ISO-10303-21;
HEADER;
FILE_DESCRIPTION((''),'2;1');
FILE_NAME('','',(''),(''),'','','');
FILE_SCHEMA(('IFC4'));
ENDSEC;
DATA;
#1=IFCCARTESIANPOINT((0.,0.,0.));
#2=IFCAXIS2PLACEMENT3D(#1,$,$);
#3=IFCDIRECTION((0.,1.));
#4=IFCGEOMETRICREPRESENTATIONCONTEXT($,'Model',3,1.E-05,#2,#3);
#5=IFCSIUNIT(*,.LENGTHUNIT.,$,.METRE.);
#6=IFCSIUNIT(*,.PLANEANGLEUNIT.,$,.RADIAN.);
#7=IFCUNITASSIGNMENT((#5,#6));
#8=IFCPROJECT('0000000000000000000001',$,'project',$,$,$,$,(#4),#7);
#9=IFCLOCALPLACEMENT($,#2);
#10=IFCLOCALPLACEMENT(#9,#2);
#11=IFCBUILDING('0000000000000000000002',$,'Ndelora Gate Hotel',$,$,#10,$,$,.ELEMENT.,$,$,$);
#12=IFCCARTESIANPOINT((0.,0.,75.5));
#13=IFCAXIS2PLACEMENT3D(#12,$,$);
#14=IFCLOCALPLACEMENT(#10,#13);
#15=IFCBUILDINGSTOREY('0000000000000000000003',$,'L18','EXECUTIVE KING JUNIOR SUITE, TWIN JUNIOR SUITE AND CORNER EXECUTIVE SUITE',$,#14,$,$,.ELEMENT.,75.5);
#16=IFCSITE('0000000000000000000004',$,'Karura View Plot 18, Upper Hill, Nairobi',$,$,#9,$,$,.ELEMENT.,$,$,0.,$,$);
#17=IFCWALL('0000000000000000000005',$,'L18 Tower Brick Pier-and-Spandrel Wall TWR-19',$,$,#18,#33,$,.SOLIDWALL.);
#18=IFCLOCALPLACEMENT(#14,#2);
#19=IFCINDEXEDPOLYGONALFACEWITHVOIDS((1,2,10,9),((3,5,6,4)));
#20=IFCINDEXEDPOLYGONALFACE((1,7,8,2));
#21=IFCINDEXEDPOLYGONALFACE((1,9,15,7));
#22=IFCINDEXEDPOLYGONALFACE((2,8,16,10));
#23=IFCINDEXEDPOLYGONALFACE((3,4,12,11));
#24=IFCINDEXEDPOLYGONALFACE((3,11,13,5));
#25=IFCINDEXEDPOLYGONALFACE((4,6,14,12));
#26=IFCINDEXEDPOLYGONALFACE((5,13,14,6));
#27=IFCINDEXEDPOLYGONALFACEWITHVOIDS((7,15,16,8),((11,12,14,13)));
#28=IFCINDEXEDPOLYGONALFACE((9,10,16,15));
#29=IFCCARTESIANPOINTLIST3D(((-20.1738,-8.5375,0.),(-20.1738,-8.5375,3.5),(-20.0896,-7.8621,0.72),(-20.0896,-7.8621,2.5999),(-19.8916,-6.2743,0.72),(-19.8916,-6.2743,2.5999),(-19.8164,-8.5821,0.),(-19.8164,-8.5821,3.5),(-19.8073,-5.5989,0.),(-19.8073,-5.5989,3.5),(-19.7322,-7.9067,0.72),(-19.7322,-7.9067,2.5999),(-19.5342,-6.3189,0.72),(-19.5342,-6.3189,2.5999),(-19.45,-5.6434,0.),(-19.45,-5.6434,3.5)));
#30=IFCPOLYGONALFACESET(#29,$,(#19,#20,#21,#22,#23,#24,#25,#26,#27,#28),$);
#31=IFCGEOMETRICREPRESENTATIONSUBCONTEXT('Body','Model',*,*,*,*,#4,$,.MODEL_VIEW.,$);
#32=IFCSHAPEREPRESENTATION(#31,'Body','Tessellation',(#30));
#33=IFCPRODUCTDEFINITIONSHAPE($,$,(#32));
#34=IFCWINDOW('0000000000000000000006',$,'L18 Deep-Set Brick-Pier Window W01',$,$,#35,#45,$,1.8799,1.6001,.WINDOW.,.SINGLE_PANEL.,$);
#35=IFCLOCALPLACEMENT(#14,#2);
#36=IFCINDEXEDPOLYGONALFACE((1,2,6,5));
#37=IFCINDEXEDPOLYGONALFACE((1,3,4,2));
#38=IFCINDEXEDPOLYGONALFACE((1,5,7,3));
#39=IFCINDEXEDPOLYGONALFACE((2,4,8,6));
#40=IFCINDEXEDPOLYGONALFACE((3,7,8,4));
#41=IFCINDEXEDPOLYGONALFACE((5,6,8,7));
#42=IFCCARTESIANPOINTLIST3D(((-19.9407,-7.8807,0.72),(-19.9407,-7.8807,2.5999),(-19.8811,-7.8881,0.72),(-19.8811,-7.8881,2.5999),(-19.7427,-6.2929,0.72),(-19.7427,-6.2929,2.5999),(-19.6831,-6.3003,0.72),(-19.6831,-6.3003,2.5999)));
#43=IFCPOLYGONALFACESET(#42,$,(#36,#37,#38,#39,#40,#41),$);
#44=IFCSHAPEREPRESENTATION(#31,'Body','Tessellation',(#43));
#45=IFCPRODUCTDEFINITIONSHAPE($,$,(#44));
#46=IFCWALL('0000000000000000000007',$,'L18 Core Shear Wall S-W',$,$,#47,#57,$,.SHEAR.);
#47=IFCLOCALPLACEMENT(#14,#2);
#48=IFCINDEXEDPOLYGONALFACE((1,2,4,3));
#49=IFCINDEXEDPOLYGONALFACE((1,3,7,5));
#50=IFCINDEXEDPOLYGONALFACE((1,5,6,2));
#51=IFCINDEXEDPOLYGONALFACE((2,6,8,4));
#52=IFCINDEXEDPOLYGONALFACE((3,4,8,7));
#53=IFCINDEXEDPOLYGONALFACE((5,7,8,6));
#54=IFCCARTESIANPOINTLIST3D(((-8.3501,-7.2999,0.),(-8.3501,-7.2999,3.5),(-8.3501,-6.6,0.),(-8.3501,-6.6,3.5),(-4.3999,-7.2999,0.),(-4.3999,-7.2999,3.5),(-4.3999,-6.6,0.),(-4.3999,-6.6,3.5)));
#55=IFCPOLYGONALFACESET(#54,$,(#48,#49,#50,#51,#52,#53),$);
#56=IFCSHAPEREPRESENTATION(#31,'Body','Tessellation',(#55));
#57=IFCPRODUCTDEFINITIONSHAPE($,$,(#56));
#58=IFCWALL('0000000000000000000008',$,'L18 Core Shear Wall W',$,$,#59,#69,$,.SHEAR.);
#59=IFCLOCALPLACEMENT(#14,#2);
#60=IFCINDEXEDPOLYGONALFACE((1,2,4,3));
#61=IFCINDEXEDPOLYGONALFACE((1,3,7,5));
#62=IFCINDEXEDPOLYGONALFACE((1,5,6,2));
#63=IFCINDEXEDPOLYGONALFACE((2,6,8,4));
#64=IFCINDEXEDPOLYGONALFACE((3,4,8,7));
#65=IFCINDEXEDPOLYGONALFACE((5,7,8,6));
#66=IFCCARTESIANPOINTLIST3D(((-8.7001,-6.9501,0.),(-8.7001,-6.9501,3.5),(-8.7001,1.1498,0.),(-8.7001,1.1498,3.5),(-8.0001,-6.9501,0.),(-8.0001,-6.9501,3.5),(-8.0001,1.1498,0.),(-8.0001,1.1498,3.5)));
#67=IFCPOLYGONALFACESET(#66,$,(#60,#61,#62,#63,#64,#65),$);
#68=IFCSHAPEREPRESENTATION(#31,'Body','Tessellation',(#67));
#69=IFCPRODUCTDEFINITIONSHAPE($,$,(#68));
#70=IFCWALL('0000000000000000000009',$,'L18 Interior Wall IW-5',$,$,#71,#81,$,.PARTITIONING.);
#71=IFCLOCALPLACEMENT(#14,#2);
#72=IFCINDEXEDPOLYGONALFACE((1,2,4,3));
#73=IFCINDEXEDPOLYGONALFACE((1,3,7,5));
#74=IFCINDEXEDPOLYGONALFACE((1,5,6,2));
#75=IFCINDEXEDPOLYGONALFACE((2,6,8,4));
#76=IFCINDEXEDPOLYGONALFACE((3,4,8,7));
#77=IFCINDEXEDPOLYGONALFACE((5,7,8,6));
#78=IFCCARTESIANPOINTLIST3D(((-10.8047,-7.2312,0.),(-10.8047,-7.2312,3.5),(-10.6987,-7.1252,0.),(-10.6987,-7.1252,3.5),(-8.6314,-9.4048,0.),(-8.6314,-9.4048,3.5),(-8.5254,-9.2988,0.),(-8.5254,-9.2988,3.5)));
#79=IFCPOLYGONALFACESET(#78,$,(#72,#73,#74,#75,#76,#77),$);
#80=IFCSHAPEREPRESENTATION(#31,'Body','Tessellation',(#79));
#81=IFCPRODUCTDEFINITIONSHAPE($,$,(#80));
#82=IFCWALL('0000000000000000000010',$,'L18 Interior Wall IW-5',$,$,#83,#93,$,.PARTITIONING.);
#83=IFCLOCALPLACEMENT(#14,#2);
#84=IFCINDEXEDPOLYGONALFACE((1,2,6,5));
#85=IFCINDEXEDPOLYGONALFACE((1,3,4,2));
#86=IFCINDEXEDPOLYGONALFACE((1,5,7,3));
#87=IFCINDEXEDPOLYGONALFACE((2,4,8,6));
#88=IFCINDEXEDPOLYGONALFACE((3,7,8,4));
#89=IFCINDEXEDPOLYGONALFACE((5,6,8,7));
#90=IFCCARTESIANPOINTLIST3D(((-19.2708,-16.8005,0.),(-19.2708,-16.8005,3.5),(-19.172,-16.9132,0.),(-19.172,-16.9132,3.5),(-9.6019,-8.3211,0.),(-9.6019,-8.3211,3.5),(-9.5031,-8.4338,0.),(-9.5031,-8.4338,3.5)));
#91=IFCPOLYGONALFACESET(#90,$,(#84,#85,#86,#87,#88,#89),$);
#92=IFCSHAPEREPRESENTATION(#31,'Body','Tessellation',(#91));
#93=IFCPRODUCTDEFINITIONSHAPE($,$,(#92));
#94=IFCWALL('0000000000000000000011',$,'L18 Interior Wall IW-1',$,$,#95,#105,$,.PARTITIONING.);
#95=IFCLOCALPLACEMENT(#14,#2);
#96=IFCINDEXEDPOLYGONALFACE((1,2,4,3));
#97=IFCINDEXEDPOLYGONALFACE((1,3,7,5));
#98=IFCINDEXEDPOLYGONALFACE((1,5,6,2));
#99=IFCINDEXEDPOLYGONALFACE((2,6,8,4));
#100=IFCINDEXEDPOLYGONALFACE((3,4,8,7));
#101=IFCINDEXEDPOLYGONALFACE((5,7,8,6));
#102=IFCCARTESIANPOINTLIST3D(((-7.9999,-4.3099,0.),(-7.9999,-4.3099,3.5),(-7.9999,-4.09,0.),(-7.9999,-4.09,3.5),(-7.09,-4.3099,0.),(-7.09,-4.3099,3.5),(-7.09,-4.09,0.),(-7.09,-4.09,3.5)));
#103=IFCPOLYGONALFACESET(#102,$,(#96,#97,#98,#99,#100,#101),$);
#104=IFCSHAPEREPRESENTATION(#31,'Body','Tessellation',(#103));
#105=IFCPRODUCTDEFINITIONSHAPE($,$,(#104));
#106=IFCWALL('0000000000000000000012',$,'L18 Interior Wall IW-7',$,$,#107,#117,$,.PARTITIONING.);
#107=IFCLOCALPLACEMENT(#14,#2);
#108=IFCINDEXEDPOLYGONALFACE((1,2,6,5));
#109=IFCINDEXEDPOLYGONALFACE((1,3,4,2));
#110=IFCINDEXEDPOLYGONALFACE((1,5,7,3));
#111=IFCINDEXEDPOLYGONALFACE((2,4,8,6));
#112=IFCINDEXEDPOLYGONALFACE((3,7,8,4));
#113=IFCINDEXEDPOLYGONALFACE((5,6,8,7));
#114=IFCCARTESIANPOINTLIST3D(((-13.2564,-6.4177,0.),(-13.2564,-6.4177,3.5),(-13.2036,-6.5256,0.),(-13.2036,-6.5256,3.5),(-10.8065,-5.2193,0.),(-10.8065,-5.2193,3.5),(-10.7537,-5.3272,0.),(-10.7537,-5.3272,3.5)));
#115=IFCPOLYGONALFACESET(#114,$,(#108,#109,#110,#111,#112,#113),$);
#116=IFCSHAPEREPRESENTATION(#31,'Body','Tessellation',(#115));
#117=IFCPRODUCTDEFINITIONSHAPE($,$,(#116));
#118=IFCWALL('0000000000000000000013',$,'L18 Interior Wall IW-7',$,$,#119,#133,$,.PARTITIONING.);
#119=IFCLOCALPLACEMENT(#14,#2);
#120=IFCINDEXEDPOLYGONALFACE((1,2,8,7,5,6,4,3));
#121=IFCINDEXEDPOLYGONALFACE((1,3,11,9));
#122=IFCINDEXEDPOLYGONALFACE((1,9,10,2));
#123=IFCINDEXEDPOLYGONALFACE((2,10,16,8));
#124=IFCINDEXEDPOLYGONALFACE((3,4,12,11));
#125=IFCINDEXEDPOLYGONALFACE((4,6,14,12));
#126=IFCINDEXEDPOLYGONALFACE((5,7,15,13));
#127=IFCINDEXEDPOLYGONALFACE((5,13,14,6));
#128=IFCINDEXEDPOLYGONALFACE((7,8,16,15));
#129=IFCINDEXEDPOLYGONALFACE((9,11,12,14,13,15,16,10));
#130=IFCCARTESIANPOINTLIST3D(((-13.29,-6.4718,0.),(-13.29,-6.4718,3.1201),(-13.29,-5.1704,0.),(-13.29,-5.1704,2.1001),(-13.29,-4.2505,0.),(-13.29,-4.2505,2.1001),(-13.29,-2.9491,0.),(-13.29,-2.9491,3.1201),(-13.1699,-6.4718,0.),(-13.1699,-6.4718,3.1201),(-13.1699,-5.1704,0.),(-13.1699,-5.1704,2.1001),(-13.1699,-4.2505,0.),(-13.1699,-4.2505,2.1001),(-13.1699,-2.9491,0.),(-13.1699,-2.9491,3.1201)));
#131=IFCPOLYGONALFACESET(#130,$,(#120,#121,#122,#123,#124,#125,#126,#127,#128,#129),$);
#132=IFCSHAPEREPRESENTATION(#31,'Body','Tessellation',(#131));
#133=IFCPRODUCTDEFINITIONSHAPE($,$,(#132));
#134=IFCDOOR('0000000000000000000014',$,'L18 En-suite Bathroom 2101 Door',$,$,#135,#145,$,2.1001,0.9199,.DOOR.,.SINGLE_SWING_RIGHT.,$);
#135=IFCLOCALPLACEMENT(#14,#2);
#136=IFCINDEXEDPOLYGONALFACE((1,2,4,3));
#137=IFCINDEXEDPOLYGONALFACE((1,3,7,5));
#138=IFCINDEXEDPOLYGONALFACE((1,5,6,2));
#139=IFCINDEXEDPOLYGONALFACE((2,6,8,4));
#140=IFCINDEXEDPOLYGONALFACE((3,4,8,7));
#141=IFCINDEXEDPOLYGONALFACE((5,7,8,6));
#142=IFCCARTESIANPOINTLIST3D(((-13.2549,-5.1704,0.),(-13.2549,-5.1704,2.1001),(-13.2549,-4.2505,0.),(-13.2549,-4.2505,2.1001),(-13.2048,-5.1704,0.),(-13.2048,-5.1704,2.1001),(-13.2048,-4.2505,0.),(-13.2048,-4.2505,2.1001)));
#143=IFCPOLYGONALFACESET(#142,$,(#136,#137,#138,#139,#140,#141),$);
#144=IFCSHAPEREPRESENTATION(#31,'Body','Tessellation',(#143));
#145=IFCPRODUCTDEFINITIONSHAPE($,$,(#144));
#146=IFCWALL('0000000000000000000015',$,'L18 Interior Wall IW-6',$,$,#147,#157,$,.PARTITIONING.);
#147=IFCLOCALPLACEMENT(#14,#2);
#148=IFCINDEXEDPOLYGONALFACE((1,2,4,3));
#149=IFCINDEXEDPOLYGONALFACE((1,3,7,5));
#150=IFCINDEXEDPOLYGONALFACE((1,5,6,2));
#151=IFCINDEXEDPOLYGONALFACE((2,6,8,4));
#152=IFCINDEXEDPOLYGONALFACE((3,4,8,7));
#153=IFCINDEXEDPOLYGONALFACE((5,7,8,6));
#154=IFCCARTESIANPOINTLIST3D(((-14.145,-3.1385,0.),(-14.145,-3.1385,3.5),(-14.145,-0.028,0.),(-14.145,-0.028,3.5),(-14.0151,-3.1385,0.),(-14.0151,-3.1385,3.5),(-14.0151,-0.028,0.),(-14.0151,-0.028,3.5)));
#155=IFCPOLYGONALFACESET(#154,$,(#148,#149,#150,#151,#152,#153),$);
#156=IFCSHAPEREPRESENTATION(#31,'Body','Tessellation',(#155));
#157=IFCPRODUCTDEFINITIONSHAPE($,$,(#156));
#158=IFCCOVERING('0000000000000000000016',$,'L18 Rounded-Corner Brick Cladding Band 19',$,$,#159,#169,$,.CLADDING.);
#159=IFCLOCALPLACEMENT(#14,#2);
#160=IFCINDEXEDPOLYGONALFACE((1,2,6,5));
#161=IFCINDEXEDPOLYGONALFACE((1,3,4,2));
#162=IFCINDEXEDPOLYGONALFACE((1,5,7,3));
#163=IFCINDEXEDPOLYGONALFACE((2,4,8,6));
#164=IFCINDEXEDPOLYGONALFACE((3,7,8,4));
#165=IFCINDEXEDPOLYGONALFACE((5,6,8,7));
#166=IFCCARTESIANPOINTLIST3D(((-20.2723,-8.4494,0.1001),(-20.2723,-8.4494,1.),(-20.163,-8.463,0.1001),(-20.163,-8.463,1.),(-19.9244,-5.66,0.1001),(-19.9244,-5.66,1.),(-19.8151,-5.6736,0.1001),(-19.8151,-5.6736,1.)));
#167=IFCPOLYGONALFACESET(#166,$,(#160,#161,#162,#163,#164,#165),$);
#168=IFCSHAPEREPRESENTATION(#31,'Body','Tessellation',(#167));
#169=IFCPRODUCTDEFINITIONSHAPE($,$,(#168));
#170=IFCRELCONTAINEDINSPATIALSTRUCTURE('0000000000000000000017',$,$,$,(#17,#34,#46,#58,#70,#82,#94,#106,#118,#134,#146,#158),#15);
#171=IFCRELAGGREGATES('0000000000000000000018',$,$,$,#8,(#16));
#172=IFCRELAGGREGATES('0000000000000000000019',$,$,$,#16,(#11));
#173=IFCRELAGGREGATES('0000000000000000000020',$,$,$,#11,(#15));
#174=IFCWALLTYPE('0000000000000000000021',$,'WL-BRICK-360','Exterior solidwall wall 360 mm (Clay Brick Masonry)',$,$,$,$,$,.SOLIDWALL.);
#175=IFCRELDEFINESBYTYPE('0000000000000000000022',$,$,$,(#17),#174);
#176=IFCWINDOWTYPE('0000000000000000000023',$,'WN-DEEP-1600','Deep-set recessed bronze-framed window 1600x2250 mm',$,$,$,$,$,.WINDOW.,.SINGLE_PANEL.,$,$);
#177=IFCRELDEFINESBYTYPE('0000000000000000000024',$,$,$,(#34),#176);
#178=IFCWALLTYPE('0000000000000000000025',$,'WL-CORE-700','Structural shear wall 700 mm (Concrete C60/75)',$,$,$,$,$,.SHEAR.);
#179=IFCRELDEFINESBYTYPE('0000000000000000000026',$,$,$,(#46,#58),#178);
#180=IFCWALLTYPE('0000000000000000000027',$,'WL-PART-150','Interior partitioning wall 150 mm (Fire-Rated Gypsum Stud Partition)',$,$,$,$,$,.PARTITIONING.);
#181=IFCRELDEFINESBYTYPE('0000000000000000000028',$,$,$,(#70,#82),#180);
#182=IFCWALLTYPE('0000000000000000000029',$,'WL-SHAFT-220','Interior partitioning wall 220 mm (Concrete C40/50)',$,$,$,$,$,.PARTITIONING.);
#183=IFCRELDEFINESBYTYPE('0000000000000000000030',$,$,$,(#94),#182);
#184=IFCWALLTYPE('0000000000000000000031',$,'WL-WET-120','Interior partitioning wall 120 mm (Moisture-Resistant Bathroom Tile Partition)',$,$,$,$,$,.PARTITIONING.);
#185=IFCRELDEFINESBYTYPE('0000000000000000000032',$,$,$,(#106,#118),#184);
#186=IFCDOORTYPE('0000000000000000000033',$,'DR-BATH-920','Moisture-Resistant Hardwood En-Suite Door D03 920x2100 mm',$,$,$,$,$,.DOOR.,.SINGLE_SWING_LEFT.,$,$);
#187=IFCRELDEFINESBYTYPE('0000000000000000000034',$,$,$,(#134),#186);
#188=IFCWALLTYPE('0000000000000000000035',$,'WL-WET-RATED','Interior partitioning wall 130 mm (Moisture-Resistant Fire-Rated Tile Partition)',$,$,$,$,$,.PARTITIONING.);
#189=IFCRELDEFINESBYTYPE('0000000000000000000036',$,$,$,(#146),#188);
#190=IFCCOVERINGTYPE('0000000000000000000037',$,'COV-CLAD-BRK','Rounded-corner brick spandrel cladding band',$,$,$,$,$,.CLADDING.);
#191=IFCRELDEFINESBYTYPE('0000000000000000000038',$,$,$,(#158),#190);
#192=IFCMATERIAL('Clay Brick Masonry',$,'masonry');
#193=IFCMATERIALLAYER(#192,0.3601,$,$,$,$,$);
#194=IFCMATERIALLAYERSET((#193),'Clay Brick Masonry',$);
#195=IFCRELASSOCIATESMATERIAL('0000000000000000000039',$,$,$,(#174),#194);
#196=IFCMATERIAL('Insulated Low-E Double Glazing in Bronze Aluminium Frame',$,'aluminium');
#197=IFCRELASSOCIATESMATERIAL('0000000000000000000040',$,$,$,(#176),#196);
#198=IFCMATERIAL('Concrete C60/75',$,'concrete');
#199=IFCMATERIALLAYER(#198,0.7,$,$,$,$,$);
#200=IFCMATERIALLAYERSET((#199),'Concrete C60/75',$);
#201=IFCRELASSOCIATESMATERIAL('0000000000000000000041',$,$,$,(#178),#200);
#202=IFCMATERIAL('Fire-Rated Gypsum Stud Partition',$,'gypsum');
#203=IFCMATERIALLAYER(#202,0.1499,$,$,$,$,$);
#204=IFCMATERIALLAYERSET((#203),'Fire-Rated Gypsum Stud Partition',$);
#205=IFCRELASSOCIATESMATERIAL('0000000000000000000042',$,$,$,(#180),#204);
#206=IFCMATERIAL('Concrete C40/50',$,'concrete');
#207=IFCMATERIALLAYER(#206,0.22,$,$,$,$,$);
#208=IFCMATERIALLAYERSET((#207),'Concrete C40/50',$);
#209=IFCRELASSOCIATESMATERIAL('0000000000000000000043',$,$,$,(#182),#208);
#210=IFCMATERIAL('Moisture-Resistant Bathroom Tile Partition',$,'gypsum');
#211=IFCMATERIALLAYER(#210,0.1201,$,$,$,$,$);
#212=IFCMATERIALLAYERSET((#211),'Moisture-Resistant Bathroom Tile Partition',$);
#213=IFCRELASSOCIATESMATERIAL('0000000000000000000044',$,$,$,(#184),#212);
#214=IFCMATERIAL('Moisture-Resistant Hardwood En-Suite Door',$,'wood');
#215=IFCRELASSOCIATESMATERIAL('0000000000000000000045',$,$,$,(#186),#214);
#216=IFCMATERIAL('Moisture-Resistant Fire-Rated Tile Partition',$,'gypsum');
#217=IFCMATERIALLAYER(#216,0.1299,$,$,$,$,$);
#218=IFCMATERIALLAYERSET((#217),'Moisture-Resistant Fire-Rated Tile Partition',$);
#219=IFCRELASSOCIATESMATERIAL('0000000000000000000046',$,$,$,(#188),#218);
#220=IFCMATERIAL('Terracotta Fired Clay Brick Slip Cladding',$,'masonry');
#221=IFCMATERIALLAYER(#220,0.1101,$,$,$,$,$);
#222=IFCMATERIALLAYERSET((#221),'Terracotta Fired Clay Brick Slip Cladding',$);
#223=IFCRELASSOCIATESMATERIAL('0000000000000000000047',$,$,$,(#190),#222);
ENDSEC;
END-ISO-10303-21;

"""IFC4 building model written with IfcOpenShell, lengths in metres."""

from ifc_helpers import new_model, si_unit, direction, frame, frame_2d, origin, origin_2d, place, context, subcontext, project, spatial, rectangle, extrude, material, layer, layer_set, type_object, element, fill, save


model = new_model("IFC4")

# Units and contexts
model_context = context("Model", 3, precision=1e-05, world=origin(), true_north=direction((0.0, 1.0)))
body_context = subcontext(model_context, "Body", "Model", "MODEL_VIEW")
ifc_project = project(units=[si_unit("LENGTHUNIT", "METRE"), si_unit("PLANEANGLEUNIT", "RADIAN")], contexts=[model_context])

# Site, building, storey
site_placement = place(None, origin())
site = spatial("IfcSite", under=ifc_project, at=site_placement, Name="Karura View Plot 18, Upper Hill, Nairobi", CompositionType="ELEMENT", RefElevation=0.0)
building_placement = place(site_placement, origin())
building = spatial("IfcBuilding", under=site, at=building_placement, Name="Ndelora Gate Hotel", CompositionType="ELEMENT")
storey_placement = place(building_placement, frame((0.0, 0.0, 75.5)))
storey = spatial("IfcBuildingStorey", under=building, at=storey_placement, Name="L18", Description="EXECUTIVE KING JUNIOR SUITE, TWIN JUNIOR SUITE AND CORNER EXECUTIVE SUITE", CompositionType="ELEMENT", Elevation=75.5)

# Shared definitions
ifc_material_1 = material(Name="Concrete C60/75", Category="concrete")

# Wall, opening, window
ifc_material_2 = material(Name="Clay Brick Masonry", Category="masonry")
ifc_layer_1 = layer(ifc_material_2, 0.3601)
ifc_layer_set_1 = layer_set([ifc_layer_1], Name="Clay Brick Masonry")
wall_type_1 = type_object("IfcWallType", Name="WL-BRICK-360", Description="Exterior solidwall wall 360 mm (Clay Brick Masonry)", PredefinedType="SOLIDWALL", material=ifc_layer_set_1)
ifc_material_3 = material(Name="Insulated Low-E Double Glazing in Bronze Aluminium Frame", Category="aluminium")
window_type = type_object("IfcWindowType", Name="WN-DEEP-1600", Description="Deep-set recessed bronze-framed window 1600x2250 mm", PartitioningType="SINGLE_PANEL", PredefinedType="WINDOW", material=ifc_material_3)
wall_1_placement = place(storey_placement, frame((-19.9951, -8.5598, 0.0), z_axis=(0.0, 0.0, 1.0), x_axis=(0.12374, 0.992315, 0.0)))
wall_1 = element("IfcWall", 1, at=wall_1_placement, inside=storey, type_object=wall_type_1, Name="L18 Tower Brick Pier-and-Spandrel Wall TWR-19", PredefinedType="SOLIDWALL", context=body_context, shape_type="SweptSolid", body=[
    extrude(rectangle(XDim=2.9614, YDim=0.3601, at=frame_2d((1.4807, 0.0))), origin(), (0.0, 0.0, 1.0), 3.5),
])
opening_1_placement = place(wall_1_placement, frame((0.6807, 0.0, 0.72)))
opening_1 = element("IfcOpeningElement", 2, at=opening_1_placement, cuts=wall_1, PredefinedType="OPENING", context=body_context, shape_type="SweptSolid", body=[
    extrude(rectangle(XDim=1.6001, YDim=1.8799, at=frame_2d((0.8, 0.9399))), frame((0.0, 0.1899, 0.0), z_axis=(0.0, -1.0, 0.0), x_axis=(1.0, 0.0, 0.0)), (0.0, 0.0, 1.0), 0.3801),
])
window_1_placement = place(opening_1_placement, origin())
window_1 = element("IfcWindow", 3, at=window_1_placement, inside=storey, type_object=window_type, Name="L18 Deep-Set Brick-Pier Window W01", OverallHeight=1.8799, OverallWidth=1.6001, PartitioningType="SINGLE_PANEL", PredefinedType="WINDOW", context=body_context, shape_type="SweptSolid", body=[
    extrude(rectangle(XDim=1.6001, YDim=1.8799, at=frame_2d((0.8, 0.9399))), frame((0.0, 0.03, 0.0), z_axis=(0.0, -1.0, 0.0), x_axis=(1.0, 0.0, 0.0)), (0.0, 0.0, 1.0), 0.0601),
])
fill(opening_1, window_1)

# Walls
ifc_layer_2 = layer(ifc_material_1, 0.7)
ifc_layer_set_2 = layer_set([ifc_layer_2], Name="Concrete C60/75")
wall_type_2 = type_object("IfcWallType", Name="WL-CORE-700", Description="Structural shear wall 700 mm (Concrete C60/75)", PredefinedType="SHEAR", material=ifc_layer_set_2)
wall_2_placement = place(storey_placement, frame((-8.3501, -6.95, 0.0), z_axis=(0.0, 0.0, 1.0), x_axis=(1.0, 0.0, 0.0)))
element("IfcWall", 4, at=wall_2_placement, inside=storey, type_object=wall_type_2, Name="L18 Core Shear Wall S-W", PredefinedType="SHEAR", context=body_context, shape_type="SweptSolid", body=[
    extrude(rectangle(XDim=3.9502, YDim=0.7, at=frame_2d((1.9751, 0.0))), origin(), (0.0, 0.0, 1.0), 3.5),
])
wall_3_placement = place(storey_placement, frame((-8.3501, -6.95, 0.0), z_axis=(0.0, 0.0, 1.0), x_axis=(0.0, 1.0, 0.0)))
element("IfcWall", 5, at=wall_3_placement, inside=storey, type_object=wall_type_2, Name="L18 Core Shear Wall W", PredefinedType="SHEAR", context=body_context, shape_type="SweptSolid", body=[
    extrude(rectangle(XDim=8.0999, YDim=0.7, at=frame_2d((4.0498, 0.0))), origin(), (0.0, 0.0, 1.0), 3.5),
])

# Shared definitions
ifc_material_4 = material(Name="Fire-Rated Gypsum Stud Partition", Category="gypsum")
ifc_layer_3 = layer(ifc_material_4, 0.1499)
ifc_layer_set_3 = layer_set([ifc_layer_3], Name="Fire-Rated Gypsum Stud Partition")
wall_type_3 = type_object("IfcWallType", Name="WL-PART-150", Description="Interior partitioning wall 150 mm (Fire-Rated Gypsum Stud Partition)", PredefinedType="PARTITIONING", material=ifc_layer_set_3)

# Walls
wall_4_placement = place(storey_placement, frame((-8.5784, -9.3518, 0.0), z_axis=(0.0, 0.0, 1.0), x_axis=(-0.707067, 0.707146, 0.0)))
element("IfcWall", 6, at=wall_4_placement, inside=storey, type_object=wall_type_3, Name="L18 Interior Wall IW-5", PredefinedType="PARTITIONING", context=body_context, shape_type="SweptSolid", body=[
    extrude(rectangle(XDim=3.0737, YDim=0.1499, at=frame_2d((1.5369, 0.0))), origin(), (0.0, 0.0, 1.0), 3.5),
])
wall_5_placement = place(storey_placement, frame((-9.5525, -8.3774, 0.0), z_axis=(0.0, 0.0, 1.0), x_axis=(-0.751838, -0.659348, 0.0)))
element("IfcWall", 7, at=wall_5_placement, inside=storey, type_object=wall_type_3, Name="L18 Interior Wall IW-5", PredefinedType="PARTITIONING", context=body_context, shape_type="SweptSolid", body=[
    extrude(rectangle(XDim=12.8604, YDim=0.1499, at=frame_2d((6.4302, 0.0))), origin(), (0.0, 0.0, 1.0), 3.5),
])
ifc_material_5 = material(Name="Concrete C40/50", Category="concrete")
ifc_layer_4 = layer(ifc_material_5, 0.22)
ifc_layer_set_4 = layer_set([ifc_layer_4], Name="Concrete C40/50")
wall_type_4 = type_object("IfcWallType", Name="WL-SHAFT-220", Description="Interior partitioning wall 220 mm (Concrete C40/50)", PredefinedType="PARTITIONING", material=ifc_layer_set_4)
wall_6_placement = place(storey_placement, frame((-8.0, -4.2, 0.0), z_axis=(0.0, 0.0, 1.0), x_axis=(1.0, 0.0, 0.0)))
element("IfcWall", 8, at=wall_6_placement, inside=storey, type_object=wall_type_4, Name="L18 Interior Wall IW-1", PredefinedType="PARTITIONING", context=body_context, shape_type="SweptSolid", body=[
    extrude(rectangle(XDim=0.9099, YDim=0.22, at=frame_2d((0.4551, 0.0))), origin(), (0.0, 0.0, 1.0), 3.5),
])
ifc_material_6 = material(Name="Moisture-Resistant Bathroom Tile Partition", Category="gypsum")
ifc_layer_5 = layer(ifc_material_6, 0.1201)
ifc_layer_set_5 = layer_set([ifc_layer_5], Name="Moisture-Resistant Bathroom Tile Partition")
wall_type_5 = type_object("IfcWallType", Name="WL-WET-120", Description="Interior partitioning wall 120 mm (Moisture-Resistant Bathroom Tile Partition)", PredefinedType="PARTITIONING", material=ifc_layer_set_5)
wall_7_placement = place(storey_placement, frame((-10.78, -5.2732, 0.0), z_axis=(0.0, 0.0, 1.0), x_axis=(-0.898278, -0.439427, 0.0)))
element("IfcWall", 9, at=wall_7_placement, inside=storey, type_object=wall_type_5, Name="L18 Interior Wall IW-7", PredefinedType="PARTITIONING", context=body_context, shape_type="SweptSolid", body=[
    extrude(rectangle(XDim=2.7273, YDim=0.1201, at=frame_2d((1.3638, 0.0))), origin(), (0.0, 0.0, 1.0), 3.5),
])

# Wall, opening, door
wall_8_placement = place(storey_placement, frame((-13.23, -6.4717, 0.0), z_axis=(0.0, 0.0, 1.0), x_axis=(0.0, 1.0, 0.0)))
wall_8 = element("IfcWall", 10, at=wall_8_placement, inside=storey, type_object=wall_type_5, Name="L18 Interior Wall IW-7", PredefinedType="PARTITIONING", context=body_context, shape_type="SweptSolid", body=[
    extrude(rectangle(XDim=3.5227, YDim=0.1201, at=frame_2d((1.7612, 0.0))), origin(), (0.0, 0.0, 1.0), 3.1201),
])
opening_2_placement = place(wall_8_placement, frame((1.3013, 0.0, 0.0)))
opening_2 = element("IfcOpeningElement", 11, at=opening_2_placement, cuts=wall_8, PredefinedType="OPENING", context=body_context, shape_type="SweptSolid", body=[
    extrude(rectangle(XDim=0.9199, YDim=2.1001, at=frame_2d((0.46, 1.05))), frame((0.0, 0.0701, 0.0), z_axis=(0.0, -1.0, 0.0), x_axis=(1.0, 0.0, 0.0)), (0.0, 0.0, 1.0), 0.1401),
])
ifc_material_7 = material(Name="Moisture-Resistant Hardwood En-Suite Door", Category="wood")
door_type_1 = type_object("IfcDoorType", Name="DR-BATH-920", Description="Moisture-Resistant Hardwood En-Suite Door D03 920x2100 mm", OperationType="SINGLE_SWING_LEFT", PredefinedType="DOOR", material=ifc_material_7)
door_1_placement = place(opening_2_placement, origin())
door_1 = element("IfcDoor", 12, at=door_1_placement, inside=storey, type_object=door_type_1, Name="L18 En-suite Bathroom 2101 Door", OperationType="SINGLE_SWING_RIGHT", OverallHeight=2.1001, OverallWidth=0.9199, PredefinedType="DOOR", context=body_context, shape_type="SweptSolid", body=[
    extrude(rectangle(XDim=0.9199, YDim=2.1001, at=frame_2d((0.46, 1.05))), frame((0.0, 0.0249, 0.0), z_axis=(0.0, -1.0, 0.0), x_axis=(1.0, 0.0, 0.0)), (0.0, 0.0, 1.0), 0.05),
])
fill(opening_2, door_1)

# Wall
ifc_material_8 = material(Name="Moisture-Resistant Fire-Rated Tile Partition", Category="gypsum")
ifc_layer_6 = layer(ifc_material_8, 0.1299)
ifc_layer_set_6 = layer_set([ifc_layer_6], Name="Moisture-Resistant Fire-Rated Tile Partition")
wall_type_6 = type_object("IfcWallType", Name="WL-WET-RATED", Description="Interior partitioning wall 130 mm (Moisture-Resistant Fire-Rated Tile Partition)", PredefinedType="PARTITIONING", material=ifc_layer_set_6)
wall_9_placement = place(storey_placement, frame((-14.0801, -3.1384, 0.0), z_axis=(0.0, 0.0, 1.0), x_axis=(0.0, 1.0, 0.0)))
element("IfcWall", 13, at=wall_9_placement, inside=storey, type_object=wall_type_6, Name="L18 Interior Wall IW-6", PredefinedType="PARTITIONING", context=body_context, shape_type="SweptSolid", body=[
    extrude(rectangle(XDim=3.1106, YDim=0.1299, at=frame_2d((1.5552, 0.0))), origin(), (0.0, 0.0, 1.0), 3.5),
])

# Covering
ifc_material_9 = material(Name="Terracotta Fired Clay Brick Slip Cladding", Category="masonry")
ifc_layer_7 = layer(ifc_material_9, 0.1101)
ifc_layer_set_7 = layer_set([ifc_layer_7], Name="Terracotta Fired Clay Brick Slip Cladding")
covering_type_1 = type_object("IfcCoveringType", Name="COV-CLAD-BRK", Description="Rounded-corner brick spandrel cladding band", PredefinedType="CLADDING", material=ifc_layer_set_7)
covering_1_placement = place(storey_placement, frame((-20.0437, -7.0615, 0.1001), z_axis=(0.0, 0.0, 1.0), x_axis=(0.123775, 0.99231, 0.0)))
element("IfcCovering", 14, at=covering_1_placement, inside=storey, type_object=covering_type_1, Name="L18 Rounded-Corner Brick Cladding Band 19", PredefinedType="CLADDING", context=body_context, shape_type="SweptSolid", body=[
    extrude(rectangle(XDim=2.811, YDim=0.1101, at=origin_2d()), origin(), (0.0, 0.0, 1.0), 0.8999),
])

save(model, "model.ifc")
